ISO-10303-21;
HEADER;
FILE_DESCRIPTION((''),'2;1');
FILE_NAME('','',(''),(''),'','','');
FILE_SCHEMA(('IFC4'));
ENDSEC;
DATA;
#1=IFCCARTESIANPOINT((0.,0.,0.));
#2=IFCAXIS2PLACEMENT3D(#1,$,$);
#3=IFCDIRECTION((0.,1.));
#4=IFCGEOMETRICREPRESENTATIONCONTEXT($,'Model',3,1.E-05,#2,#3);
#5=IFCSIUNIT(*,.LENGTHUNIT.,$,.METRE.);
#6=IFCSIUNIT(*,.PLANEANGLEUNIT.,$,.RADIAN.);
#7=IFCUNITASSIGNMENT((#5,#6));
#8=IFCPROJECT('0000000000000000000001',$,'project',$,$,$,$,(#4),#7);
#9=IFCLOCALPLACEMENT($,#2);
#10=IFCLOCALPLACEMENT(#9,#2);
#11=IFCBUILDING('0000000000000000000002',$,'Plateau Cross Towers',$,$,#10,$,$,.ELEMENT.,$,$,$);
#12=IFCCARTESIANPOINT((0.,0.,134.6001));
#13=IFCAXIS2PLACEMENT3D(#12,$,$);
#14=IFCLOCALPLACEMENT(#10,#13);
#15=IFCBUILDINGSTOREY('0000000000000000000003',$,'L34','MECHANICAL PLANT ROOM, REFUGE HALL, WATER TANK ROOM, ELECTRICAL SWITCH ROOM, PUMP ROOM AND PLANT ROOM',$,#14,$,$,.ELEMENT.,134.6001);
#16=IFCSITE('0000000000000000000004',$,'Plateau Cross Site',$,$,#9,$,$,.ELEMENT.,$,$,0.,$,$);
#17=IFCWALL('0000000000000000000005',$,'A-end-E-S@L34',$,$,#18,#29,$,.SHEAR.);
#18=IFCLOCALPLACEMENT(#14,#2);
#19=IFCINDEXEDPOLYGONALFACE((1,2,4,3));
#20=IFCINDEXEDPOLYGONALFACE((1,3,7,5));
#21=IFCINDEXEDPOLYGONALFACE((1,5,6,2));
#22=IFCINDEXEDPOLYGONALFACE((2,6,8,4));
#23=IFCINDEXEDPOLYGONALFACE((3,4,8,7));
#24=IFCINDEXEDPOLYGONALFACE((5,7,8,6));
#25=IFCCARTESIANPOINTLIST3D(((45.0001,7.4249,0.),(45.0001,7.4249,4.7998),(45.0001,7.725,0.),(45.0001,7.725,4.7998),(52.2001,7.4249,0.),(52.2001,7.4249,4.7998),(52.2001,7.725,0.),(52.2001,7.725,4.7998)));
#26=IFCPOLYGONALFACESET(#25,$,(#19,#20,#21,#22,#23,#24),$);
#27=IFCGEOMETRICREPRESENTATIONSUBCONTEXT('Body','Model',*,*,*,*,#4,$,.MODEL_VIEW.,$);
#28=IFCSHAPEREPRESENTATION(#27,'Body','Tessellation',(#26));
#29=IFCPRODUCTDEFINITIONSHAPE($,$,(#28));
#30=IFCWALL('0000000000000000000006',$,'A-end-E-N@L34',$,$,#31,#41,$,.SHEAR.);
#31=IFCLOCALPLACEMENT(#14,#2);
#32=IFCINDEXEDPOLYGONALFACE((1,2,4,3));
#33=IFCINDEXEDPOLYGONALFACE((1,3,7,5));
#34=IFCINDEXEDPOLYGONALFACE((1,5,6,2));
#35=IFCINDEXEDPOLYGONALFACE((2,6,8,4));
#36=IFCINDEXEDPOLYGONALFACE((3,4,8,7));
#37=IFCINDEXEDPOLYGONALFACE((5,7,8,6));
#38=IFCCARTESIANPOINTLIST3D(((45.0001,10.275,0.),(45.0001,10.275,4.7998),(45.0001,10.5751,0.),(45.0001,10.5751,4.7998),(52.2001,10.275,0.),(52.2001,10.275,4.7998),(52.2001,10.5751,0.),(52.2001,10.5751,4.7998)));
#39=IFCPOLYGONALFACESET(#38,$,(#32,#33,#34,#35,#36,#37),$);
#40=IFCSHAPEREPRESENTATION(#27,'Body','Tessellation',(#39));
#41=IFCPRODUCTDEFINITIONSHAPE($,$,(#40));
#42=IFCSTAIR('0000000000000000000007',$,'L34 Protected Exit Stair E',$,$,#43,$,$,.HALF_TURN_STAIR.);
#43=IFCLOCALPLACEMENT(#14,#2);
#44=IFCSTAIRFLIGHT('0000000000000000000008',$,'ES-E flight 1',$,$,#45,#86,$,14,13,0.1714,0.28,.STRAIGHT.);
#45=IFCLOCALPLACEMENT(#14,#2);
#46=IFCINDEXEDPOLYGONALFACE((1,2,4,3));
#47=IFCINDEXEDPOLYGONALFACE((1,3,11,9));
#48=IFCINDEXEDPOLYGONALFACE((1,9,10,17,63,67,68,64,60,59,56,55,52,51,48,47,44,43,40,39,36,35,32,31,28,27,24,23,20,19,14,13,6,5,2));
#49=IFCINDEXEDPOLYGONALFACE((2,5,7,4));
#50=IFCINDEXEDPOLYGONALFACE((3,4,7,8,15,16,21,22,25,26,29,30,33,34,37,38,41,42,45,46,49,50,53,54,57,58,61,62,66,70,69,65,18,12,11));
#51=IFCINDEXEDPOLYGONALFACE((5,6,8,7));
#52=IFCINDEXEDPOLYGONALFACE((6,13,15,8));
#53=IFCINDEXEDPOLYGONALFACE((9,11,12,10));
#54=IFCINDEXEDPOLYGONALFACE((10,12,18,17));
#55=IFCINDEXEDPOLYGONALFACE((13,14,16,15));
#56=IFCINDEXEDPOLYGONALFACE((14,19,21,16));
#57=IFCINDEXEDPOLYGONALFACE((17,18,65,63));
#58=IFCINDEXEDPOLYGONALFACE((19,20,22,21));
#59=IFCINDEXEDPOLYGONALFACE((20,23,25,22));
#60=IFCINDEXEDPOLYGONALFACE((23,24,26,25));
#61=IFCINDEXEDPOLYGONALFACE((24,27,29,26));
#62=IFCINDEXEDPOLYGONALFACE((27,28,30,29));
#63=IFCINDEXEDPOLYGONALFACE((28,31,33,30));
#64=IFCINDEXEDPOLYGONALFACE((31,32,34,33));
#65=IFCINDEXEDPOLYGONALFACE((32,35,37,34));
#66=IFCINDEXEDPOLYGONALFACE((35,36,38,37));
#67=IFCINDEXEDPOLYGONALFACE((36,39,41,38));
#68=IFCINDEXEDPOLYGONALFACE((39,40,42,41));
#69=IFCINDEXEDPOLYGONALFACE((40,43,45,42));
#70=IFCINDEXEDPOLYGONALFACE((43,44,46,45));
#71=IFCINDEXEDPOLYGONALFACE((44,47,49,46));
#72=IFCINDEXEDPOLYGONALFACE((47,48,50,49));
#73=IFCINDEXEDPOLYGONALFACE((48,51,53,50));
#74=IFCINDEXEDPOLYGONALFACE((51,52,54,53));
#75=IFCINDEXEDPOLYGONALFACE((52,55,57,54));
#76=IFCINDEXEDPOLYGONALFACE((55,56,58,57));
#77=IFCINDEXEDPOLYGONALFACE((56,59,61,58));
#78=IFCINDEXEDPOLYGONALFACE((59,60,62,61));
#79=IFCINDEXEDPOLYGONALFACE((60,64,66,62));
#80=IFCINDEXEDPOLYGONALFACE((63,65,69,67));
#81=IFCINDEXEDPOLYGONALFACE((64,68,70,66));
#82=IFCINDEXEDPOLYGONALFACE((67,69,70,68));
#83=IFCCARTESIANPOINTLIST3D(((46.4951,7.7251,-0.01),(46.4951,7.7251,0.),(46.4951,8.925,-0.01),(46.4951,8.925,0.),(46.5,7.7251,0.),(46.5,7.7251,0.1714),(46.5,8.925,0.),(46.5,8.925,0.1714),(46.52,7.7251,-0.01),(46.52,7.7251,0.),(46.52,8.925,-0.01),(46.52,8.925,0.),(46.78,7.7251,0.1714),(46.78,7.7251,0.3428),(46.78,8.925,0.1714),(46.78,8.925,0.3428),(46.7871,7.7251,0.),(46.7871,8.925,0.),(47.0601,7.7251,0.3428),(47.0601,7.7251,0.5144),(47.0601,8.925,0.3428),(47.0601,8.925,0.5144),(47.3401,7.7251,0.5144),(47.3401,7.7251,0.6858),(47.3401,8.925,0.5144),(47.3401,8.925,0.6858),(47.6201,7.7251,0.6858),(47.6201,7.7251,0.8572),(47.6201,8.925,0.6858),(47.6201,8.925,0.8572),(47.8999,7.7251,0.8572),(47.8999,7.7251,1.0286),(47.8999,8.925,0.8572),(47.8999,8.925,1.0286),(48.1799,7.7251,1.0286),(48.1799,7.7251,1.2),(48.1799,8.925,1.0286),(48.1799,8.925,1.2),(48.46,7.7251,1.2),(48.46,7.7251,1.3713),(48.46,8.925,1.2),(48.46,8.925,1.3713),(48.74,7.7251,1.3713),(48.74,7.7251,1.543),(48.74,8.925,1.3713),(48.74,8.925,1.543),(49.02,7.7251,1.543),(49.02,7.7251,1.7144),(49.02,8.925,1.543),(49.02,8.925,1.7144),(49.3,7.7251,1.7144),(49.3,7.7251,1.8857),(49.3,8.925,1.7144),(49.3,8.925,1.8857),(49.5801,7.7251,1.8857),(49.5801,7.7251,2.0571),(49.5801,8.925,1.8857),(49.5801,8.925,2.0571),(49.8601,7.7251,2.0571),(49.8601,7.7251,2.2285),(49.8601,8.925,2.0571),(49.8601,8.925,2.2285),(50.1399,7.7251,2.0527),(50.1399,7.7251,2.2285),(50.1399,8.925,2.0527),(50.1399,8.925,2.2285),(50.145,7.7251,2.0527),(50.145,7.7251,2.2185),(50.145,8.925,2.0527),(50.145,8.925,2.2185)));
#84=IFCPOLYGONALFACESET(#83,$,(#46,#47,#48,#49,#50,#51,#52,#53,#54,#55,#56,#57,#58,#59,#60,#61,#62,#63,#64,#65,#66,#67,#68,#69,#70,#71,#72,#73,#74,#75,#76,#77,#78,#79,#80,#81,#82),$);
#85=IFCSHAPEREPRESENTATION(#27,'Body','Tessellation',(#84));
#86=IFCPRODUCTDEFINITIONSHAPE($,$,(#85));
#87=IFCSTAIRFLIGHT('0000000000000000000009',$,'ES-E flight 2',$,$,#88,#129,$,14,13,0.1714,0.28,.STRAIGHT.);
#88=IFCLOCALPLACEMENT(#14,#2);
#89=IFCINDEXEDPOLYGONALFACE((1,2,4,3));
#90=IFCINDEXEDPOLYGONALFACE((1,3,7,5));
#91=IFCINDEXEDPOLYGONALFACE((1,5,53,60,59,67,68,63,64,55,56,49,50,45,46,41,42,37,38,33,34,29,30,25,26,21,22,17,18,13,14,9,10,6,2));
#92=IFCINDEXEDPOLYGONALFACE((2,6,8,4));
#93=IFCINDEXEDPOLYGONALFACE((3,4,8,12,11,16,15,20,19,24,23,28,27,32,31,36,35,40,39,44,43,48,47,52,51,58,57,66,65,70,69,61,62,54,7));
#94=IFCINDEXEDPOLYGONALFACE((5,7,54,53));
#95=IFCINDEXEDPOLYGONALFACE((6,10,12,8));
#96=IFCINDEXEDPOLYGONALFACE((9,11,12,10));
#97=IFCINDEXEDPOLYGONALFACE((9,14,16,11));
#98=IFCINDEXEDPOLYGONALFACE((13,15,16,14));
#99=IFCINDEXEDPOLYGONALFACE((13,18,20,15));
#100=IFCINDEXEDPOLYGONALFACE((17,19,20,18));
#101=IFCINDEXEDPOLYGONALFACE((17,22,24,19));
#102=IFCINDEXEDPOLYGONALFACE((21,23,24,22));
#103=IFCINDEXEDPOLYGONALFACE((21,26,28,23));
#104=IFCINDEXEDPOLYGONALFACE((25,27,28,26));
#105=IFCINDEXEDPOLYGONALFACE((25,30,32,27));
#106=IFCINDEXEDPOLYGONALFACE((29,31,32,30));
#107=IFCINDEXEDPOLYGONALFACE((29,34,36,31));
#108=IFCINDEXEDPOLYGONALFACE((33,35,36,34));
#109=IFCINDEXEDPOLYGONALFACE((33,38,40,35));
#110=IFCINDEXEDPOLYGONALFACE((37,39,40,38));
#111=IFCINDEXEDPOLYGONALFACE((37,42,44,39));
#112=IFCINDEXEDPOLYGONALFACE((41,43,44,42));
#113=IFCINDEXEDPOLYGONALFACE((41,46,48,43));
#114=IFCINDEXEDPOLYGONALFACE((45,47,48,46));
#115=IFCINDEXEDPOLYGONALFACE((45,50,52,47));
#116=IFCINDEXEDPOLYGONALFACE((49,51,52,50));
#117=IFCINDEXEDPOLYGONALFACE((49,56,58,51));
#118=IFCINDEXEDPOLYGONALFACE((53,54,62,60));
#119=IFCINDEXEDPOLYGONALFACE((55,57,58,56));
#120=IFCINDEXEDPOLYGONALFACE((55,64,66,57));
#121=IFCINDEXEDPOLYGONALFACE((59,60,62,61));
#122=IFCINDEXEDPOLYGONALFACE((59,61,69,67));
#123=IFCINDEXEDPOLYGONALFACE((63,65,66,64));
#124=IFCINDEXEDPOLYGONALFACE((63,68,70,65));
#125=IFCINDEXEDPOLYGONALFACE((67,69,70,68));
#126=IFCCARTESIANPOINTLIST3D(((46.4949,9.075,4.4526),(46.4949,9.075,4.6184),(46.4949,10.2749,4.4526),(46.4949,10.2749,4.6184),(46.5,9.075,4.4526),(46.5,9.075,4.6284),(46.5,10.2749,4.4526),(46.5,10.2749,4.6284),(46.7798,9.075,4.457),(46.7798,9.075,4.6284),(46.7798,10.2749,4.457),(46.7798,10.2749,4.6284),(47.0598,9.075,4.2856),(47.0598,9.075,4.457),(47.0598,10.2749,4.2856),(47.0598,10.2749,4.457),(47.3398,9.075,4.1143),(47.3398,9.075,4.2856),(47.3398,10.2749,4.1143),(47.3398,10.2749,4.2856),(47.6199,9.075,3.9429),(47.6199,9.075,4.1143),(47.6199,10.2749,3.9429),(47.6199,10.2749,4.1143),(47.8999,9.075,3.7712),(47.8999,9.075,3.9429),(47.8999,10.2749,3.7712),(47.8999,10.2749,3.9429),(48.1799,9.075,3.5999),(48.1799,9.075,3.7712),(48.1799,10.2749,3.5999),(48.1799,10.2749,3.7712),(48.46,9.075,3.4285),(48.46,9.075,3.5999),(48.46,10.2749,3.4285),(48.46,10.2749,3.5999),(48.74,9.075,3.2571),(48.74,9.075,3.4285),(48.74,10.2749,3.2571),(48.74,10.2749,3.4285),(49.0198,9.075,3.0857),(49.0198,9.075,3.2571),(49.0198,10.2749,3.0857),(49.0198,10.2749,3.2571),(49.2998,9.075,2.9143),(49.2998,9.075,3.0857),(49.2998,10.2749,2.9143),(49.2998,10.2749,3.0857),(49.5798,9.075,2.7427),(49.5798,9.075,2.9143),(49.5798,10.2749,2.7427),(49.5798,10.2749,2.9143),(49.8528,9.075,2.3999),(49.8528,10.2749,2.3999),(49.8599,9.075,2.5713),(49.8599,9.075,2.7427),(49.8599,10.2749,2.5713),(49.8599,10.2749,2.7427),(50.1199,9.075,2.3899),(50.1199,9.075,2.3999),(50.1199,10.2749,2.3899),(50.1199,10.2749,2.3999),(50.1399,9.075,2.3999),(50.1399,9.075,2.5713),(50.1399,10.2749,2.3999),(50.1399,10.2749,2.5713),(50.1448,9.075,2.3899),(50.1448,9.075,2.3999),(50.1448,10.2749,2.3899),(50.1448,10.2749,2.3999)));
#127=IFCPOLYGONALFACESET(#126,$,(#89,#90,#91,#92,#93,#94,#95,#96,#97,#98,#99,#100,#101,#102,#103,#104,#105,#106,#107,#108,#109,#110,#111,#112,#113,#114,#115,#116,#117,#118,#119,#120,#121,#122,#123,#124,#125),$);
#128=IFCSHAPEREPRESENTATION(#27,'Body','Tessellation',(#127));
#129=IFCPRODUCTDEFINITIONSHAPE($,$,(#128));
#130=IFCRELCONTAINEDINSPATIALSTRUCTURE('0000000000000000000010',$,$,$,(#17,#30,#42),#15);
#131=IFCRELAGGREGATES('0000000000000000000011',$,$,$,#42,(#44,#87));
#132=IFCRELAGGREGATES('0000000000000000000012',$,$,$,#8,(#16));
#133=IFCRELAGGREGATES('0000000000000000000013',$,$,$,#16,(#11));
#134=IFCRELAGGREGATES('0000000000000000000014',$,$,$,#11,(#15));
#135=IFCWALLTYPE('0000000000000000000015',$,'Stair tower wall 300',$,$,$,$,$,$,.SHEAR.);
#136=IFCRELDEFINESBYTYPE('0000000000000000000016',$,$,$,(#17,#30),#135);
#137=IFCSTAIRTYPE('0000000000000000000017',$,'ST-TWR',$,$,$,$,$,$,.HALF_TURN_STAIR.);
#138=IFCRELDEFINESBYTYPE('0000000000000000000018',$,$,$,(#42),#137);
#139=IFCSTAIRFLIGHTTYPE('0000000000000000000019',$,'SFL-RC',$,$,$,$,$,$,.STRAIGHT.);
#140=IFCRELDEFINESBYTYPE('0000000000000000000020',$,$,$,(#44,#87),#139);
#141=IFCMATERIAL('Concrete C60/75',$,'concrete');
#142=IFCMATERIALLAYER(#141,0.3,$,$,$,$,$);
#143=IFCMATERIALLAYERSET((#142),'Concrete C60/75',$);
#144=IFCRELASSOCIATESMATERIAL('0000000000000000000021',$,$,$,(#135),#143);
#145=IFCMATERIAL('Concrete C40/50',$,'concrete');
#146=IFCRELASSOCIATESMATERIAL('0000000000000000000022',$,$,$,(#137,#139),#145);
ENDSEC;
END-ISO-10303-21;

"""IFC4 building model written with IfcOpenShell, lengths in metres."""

from ifc_helpers import new_model, si_unit, direction, frame, frame_2d, origin, place, context, subcontext, project, spatial, polyline, rectangle, outline, extrude, material, layer, layer_set, type_object, element, aggregate, save


model = new_model("IFC4")

# Units and contexts
model_context = context("Model", 3, precision=1e-05, world=origin(), true_north=direction((0.0, 1.0)))
body_context = subcontext(model_context, "Body", "Model", "MODEL_VIEW")
ifc_project = project(units=[si_unit("LENGTHUNIT", "METRE"), si_unit("PLANEANGLEUNIT", "RADIAN")], contexts=[model_context])

# Site, building, storey
site_placement = place(None, origin())
site = spatial("IfcSite", under=ifc_project, at=site_placement, Name="Plateau Cross Site", CompositionType="ELEMENT", RefElevation=0.0)
building_placement = place(site_placement, origin())
building = spatial("IfcBuilding", under=site, at=building_placement, Name="Plateau Cross Towers", CompositionType="ELEMENT")
storey_placement = place(building_placement, frame((0.0, 0.0, 134.6001)))
storey = spatial("IfcBuildingStorey", under=building, at=storey_placement, Name="L34", Description="MECHANICAL PLANT ROOM, REFUGE HALL, WATER TANK ROOM, ELECTRICAL SWITCH ROOM, PUMP ROOM AND PLANT ROOM", CompositionType="ELEMENT", Elevation=134.6001)

# Shared definitions
ifc_material_1 = material(Name="Concrete C60/75", Category="concrete")
ifc_layer_1 = layer(ifc_material_1, 0.3)
ifc_layer_set_1 = layer_set([ifc_layer_1], Name="Concrete C60/75")
wall_type_1 = type_object("IfcWallType", Name="Stair tower wall 300", PredefinedType="SHEAR", material=ifc_layer_set_1)

# Walls
for number, where, z_axis, x_axis, name in (
    (1, (45.0, 7.575, 0.0), (0.0, 0.0, 1.0), (1.0, 0.0, 0.0), "A-end-E-S@L34"),
    (2, (45.0, 10.425, 0.0), (0.0, 0.0, 1.0), (1.0, 0.0, 0.0), "A-end-E-N@L34"),
):
    element("IfcWall", number, at=place(storey_placement, frame(where, z_axis=z_axis, x_axis=x_axis)), inside=storey, type_object=wall_type_1, Name=name, PredefinedType="SHEAR", context=body_context, shape_type="SweptSolid", body=[
        extrude(rectangle(XDim=7.2, YDim=0.3, at=frame_2d((3.6001, 0.0))), origin(), (0.0, 0.0, 1.0), 4.7998),
    ])

# Stair, stair flights
ifc_material_2 = material(Name="Concrete C40/50", Category="concrete")
stair_type = type_object("IfcStairType", Name="ST-TWR", PredefinedType="HALF_TURN_STAIR", material=ifc_material_2)
stair_placement = place(storey_placement, origin())
stair = element("IfcStair", 3, at=stair_placement, inside=storey, type_object=stair_type, Name="L34 Protected Exit Stair E", PredefinedType="HALF_TURN_STAIR")
stair_flight_type = type_object("IfcStairFlightType", Name="SFL-RC", PredefinedType="STRAIGHT", material=ifc_material_2)
stair_flight_1_placement = place(storey_placement, frame((46.5, 8.325, 0.0), z_axis=(0.0, 0.0, 1.0), x_axis=(1.0, 0.0, 0.0)))
stair_flight_1 = element("IfcStairFlight", 4, at=stair_flight_1_placement, type_object=stair_flight_type, Name="ES-E flight 1", NumberOfRisers=14, NumberOfTreads=13, PredefinedType="STRAIGHT", RiserHeight=0.1714, TreadLength=0.28, context=body_context, shape_type="SweptSolid", body=[
    extrude(outline(polyline([(-0.0049, -0.01), (-0.0049, 0.0), (0.0, 0.0), (0.0, 0.1714), (0.28, 0.1714), (0.28, 0.3428), (0.5601, 0.3428), (0.5601, 0.5144), (0.8401, 0.5144), (0.8401, 0.6858), (1.1201, 0.6858), (1.1201, 0.8572), (1.3999, 0.8572), (1.3999, 1.0286), (1.6799, 1.0286), (1.6799, 1.2), (1.96, 1.2), (1.96, 1.3713), (2.24, 1.3713), (2.24, 1.543), (2.52, 1.543), (2.52, 1.7144), (2.8, 1.7144), (2.8, 1.8857), (3.0801, 1.8857), (3.0801, 2.0571), (3.3601, 2.0571), (3.3601, 2.2285), (3.6399, 2.2285), (3.645, 2.2185), (3.645, 2.0527), (3.6399, 2.0527), (0.2871, 0.0), (0.02, 0.0), (0.02, -0.01), (-0.0049, -0.01)])), frame((0.0, 0.6001, 0.0), z_axis=(0.0, -1.0, 0.0), x_axis=(1.0, 0.0, 0.0)), (0.0, 0.0, 1.0), 1.2),
])
stair_flight_2_placement = place(storey_placement, frame((50.1399, 9.675, 2.3999), z_axis=(0.0, 0.0, 1.0), x_axis=(-1.0, 0.0, 0.0)))
stair_flight_2 = element("IfcStairFlight", 5, at=stair_flight_2_placement, type_object=stair_flight_type, Name="ES-E flight 2", NumberOfRisers=14, NumberOfTreads=13, PredefinedType="STRAIGHT", RiserHeight=0.1714, TreadLength=0.28, context=body_context, shape_type="SweptSolid", body=[
    extrude(outline(polyline([(-0.0049, -0.01), (-0.0049, 0.0), (0.0, 0.0), (0.0, 0.1714), (0.28, 0.1714), (0.28, 0.3428), (0.5601, 0.3428), (0.5601, 0.5144), (0.8401, 0.5144), (0.8401, 0.6858), (1.1201, 0.6858), (1.1201, 0.8572), (1.3999, 0.8572), (1.3999, 1.0286), (1.6799, 1.0286), (1.6799, 1.2), (1.96, 1.2), (1.96, 1.3713), (2.24, 1.3713), (2.24, 1.543), (2.52, 1.543), (2.52, 1.7144), (2.8, 1.7144), (2.8, 1.8857), (3.0801, 1.8857), (3.0801, 2.0571), (3.3601, 2.0571), (3.3601, 2.2285), (3.6399, 2.2285), (3.645, 2.2185), (3.645, 2.0527), (3.6399, 2.0527), (0.2871, 0.0), (0.02, 0.0), (0.02, -0.01), (-0.0049, -0.01)])), frame((0.0, 0.6001, 0.0), z_axis=(0.0, -1.0, 0.0), x_axis=(1.0, 0.0, 0.0)), (0.0, 0.0, 1.0), 1.2),
])
aggregate(stair, [stair_flight_1, stair_flight_2])

save(model, "model.ifc")
